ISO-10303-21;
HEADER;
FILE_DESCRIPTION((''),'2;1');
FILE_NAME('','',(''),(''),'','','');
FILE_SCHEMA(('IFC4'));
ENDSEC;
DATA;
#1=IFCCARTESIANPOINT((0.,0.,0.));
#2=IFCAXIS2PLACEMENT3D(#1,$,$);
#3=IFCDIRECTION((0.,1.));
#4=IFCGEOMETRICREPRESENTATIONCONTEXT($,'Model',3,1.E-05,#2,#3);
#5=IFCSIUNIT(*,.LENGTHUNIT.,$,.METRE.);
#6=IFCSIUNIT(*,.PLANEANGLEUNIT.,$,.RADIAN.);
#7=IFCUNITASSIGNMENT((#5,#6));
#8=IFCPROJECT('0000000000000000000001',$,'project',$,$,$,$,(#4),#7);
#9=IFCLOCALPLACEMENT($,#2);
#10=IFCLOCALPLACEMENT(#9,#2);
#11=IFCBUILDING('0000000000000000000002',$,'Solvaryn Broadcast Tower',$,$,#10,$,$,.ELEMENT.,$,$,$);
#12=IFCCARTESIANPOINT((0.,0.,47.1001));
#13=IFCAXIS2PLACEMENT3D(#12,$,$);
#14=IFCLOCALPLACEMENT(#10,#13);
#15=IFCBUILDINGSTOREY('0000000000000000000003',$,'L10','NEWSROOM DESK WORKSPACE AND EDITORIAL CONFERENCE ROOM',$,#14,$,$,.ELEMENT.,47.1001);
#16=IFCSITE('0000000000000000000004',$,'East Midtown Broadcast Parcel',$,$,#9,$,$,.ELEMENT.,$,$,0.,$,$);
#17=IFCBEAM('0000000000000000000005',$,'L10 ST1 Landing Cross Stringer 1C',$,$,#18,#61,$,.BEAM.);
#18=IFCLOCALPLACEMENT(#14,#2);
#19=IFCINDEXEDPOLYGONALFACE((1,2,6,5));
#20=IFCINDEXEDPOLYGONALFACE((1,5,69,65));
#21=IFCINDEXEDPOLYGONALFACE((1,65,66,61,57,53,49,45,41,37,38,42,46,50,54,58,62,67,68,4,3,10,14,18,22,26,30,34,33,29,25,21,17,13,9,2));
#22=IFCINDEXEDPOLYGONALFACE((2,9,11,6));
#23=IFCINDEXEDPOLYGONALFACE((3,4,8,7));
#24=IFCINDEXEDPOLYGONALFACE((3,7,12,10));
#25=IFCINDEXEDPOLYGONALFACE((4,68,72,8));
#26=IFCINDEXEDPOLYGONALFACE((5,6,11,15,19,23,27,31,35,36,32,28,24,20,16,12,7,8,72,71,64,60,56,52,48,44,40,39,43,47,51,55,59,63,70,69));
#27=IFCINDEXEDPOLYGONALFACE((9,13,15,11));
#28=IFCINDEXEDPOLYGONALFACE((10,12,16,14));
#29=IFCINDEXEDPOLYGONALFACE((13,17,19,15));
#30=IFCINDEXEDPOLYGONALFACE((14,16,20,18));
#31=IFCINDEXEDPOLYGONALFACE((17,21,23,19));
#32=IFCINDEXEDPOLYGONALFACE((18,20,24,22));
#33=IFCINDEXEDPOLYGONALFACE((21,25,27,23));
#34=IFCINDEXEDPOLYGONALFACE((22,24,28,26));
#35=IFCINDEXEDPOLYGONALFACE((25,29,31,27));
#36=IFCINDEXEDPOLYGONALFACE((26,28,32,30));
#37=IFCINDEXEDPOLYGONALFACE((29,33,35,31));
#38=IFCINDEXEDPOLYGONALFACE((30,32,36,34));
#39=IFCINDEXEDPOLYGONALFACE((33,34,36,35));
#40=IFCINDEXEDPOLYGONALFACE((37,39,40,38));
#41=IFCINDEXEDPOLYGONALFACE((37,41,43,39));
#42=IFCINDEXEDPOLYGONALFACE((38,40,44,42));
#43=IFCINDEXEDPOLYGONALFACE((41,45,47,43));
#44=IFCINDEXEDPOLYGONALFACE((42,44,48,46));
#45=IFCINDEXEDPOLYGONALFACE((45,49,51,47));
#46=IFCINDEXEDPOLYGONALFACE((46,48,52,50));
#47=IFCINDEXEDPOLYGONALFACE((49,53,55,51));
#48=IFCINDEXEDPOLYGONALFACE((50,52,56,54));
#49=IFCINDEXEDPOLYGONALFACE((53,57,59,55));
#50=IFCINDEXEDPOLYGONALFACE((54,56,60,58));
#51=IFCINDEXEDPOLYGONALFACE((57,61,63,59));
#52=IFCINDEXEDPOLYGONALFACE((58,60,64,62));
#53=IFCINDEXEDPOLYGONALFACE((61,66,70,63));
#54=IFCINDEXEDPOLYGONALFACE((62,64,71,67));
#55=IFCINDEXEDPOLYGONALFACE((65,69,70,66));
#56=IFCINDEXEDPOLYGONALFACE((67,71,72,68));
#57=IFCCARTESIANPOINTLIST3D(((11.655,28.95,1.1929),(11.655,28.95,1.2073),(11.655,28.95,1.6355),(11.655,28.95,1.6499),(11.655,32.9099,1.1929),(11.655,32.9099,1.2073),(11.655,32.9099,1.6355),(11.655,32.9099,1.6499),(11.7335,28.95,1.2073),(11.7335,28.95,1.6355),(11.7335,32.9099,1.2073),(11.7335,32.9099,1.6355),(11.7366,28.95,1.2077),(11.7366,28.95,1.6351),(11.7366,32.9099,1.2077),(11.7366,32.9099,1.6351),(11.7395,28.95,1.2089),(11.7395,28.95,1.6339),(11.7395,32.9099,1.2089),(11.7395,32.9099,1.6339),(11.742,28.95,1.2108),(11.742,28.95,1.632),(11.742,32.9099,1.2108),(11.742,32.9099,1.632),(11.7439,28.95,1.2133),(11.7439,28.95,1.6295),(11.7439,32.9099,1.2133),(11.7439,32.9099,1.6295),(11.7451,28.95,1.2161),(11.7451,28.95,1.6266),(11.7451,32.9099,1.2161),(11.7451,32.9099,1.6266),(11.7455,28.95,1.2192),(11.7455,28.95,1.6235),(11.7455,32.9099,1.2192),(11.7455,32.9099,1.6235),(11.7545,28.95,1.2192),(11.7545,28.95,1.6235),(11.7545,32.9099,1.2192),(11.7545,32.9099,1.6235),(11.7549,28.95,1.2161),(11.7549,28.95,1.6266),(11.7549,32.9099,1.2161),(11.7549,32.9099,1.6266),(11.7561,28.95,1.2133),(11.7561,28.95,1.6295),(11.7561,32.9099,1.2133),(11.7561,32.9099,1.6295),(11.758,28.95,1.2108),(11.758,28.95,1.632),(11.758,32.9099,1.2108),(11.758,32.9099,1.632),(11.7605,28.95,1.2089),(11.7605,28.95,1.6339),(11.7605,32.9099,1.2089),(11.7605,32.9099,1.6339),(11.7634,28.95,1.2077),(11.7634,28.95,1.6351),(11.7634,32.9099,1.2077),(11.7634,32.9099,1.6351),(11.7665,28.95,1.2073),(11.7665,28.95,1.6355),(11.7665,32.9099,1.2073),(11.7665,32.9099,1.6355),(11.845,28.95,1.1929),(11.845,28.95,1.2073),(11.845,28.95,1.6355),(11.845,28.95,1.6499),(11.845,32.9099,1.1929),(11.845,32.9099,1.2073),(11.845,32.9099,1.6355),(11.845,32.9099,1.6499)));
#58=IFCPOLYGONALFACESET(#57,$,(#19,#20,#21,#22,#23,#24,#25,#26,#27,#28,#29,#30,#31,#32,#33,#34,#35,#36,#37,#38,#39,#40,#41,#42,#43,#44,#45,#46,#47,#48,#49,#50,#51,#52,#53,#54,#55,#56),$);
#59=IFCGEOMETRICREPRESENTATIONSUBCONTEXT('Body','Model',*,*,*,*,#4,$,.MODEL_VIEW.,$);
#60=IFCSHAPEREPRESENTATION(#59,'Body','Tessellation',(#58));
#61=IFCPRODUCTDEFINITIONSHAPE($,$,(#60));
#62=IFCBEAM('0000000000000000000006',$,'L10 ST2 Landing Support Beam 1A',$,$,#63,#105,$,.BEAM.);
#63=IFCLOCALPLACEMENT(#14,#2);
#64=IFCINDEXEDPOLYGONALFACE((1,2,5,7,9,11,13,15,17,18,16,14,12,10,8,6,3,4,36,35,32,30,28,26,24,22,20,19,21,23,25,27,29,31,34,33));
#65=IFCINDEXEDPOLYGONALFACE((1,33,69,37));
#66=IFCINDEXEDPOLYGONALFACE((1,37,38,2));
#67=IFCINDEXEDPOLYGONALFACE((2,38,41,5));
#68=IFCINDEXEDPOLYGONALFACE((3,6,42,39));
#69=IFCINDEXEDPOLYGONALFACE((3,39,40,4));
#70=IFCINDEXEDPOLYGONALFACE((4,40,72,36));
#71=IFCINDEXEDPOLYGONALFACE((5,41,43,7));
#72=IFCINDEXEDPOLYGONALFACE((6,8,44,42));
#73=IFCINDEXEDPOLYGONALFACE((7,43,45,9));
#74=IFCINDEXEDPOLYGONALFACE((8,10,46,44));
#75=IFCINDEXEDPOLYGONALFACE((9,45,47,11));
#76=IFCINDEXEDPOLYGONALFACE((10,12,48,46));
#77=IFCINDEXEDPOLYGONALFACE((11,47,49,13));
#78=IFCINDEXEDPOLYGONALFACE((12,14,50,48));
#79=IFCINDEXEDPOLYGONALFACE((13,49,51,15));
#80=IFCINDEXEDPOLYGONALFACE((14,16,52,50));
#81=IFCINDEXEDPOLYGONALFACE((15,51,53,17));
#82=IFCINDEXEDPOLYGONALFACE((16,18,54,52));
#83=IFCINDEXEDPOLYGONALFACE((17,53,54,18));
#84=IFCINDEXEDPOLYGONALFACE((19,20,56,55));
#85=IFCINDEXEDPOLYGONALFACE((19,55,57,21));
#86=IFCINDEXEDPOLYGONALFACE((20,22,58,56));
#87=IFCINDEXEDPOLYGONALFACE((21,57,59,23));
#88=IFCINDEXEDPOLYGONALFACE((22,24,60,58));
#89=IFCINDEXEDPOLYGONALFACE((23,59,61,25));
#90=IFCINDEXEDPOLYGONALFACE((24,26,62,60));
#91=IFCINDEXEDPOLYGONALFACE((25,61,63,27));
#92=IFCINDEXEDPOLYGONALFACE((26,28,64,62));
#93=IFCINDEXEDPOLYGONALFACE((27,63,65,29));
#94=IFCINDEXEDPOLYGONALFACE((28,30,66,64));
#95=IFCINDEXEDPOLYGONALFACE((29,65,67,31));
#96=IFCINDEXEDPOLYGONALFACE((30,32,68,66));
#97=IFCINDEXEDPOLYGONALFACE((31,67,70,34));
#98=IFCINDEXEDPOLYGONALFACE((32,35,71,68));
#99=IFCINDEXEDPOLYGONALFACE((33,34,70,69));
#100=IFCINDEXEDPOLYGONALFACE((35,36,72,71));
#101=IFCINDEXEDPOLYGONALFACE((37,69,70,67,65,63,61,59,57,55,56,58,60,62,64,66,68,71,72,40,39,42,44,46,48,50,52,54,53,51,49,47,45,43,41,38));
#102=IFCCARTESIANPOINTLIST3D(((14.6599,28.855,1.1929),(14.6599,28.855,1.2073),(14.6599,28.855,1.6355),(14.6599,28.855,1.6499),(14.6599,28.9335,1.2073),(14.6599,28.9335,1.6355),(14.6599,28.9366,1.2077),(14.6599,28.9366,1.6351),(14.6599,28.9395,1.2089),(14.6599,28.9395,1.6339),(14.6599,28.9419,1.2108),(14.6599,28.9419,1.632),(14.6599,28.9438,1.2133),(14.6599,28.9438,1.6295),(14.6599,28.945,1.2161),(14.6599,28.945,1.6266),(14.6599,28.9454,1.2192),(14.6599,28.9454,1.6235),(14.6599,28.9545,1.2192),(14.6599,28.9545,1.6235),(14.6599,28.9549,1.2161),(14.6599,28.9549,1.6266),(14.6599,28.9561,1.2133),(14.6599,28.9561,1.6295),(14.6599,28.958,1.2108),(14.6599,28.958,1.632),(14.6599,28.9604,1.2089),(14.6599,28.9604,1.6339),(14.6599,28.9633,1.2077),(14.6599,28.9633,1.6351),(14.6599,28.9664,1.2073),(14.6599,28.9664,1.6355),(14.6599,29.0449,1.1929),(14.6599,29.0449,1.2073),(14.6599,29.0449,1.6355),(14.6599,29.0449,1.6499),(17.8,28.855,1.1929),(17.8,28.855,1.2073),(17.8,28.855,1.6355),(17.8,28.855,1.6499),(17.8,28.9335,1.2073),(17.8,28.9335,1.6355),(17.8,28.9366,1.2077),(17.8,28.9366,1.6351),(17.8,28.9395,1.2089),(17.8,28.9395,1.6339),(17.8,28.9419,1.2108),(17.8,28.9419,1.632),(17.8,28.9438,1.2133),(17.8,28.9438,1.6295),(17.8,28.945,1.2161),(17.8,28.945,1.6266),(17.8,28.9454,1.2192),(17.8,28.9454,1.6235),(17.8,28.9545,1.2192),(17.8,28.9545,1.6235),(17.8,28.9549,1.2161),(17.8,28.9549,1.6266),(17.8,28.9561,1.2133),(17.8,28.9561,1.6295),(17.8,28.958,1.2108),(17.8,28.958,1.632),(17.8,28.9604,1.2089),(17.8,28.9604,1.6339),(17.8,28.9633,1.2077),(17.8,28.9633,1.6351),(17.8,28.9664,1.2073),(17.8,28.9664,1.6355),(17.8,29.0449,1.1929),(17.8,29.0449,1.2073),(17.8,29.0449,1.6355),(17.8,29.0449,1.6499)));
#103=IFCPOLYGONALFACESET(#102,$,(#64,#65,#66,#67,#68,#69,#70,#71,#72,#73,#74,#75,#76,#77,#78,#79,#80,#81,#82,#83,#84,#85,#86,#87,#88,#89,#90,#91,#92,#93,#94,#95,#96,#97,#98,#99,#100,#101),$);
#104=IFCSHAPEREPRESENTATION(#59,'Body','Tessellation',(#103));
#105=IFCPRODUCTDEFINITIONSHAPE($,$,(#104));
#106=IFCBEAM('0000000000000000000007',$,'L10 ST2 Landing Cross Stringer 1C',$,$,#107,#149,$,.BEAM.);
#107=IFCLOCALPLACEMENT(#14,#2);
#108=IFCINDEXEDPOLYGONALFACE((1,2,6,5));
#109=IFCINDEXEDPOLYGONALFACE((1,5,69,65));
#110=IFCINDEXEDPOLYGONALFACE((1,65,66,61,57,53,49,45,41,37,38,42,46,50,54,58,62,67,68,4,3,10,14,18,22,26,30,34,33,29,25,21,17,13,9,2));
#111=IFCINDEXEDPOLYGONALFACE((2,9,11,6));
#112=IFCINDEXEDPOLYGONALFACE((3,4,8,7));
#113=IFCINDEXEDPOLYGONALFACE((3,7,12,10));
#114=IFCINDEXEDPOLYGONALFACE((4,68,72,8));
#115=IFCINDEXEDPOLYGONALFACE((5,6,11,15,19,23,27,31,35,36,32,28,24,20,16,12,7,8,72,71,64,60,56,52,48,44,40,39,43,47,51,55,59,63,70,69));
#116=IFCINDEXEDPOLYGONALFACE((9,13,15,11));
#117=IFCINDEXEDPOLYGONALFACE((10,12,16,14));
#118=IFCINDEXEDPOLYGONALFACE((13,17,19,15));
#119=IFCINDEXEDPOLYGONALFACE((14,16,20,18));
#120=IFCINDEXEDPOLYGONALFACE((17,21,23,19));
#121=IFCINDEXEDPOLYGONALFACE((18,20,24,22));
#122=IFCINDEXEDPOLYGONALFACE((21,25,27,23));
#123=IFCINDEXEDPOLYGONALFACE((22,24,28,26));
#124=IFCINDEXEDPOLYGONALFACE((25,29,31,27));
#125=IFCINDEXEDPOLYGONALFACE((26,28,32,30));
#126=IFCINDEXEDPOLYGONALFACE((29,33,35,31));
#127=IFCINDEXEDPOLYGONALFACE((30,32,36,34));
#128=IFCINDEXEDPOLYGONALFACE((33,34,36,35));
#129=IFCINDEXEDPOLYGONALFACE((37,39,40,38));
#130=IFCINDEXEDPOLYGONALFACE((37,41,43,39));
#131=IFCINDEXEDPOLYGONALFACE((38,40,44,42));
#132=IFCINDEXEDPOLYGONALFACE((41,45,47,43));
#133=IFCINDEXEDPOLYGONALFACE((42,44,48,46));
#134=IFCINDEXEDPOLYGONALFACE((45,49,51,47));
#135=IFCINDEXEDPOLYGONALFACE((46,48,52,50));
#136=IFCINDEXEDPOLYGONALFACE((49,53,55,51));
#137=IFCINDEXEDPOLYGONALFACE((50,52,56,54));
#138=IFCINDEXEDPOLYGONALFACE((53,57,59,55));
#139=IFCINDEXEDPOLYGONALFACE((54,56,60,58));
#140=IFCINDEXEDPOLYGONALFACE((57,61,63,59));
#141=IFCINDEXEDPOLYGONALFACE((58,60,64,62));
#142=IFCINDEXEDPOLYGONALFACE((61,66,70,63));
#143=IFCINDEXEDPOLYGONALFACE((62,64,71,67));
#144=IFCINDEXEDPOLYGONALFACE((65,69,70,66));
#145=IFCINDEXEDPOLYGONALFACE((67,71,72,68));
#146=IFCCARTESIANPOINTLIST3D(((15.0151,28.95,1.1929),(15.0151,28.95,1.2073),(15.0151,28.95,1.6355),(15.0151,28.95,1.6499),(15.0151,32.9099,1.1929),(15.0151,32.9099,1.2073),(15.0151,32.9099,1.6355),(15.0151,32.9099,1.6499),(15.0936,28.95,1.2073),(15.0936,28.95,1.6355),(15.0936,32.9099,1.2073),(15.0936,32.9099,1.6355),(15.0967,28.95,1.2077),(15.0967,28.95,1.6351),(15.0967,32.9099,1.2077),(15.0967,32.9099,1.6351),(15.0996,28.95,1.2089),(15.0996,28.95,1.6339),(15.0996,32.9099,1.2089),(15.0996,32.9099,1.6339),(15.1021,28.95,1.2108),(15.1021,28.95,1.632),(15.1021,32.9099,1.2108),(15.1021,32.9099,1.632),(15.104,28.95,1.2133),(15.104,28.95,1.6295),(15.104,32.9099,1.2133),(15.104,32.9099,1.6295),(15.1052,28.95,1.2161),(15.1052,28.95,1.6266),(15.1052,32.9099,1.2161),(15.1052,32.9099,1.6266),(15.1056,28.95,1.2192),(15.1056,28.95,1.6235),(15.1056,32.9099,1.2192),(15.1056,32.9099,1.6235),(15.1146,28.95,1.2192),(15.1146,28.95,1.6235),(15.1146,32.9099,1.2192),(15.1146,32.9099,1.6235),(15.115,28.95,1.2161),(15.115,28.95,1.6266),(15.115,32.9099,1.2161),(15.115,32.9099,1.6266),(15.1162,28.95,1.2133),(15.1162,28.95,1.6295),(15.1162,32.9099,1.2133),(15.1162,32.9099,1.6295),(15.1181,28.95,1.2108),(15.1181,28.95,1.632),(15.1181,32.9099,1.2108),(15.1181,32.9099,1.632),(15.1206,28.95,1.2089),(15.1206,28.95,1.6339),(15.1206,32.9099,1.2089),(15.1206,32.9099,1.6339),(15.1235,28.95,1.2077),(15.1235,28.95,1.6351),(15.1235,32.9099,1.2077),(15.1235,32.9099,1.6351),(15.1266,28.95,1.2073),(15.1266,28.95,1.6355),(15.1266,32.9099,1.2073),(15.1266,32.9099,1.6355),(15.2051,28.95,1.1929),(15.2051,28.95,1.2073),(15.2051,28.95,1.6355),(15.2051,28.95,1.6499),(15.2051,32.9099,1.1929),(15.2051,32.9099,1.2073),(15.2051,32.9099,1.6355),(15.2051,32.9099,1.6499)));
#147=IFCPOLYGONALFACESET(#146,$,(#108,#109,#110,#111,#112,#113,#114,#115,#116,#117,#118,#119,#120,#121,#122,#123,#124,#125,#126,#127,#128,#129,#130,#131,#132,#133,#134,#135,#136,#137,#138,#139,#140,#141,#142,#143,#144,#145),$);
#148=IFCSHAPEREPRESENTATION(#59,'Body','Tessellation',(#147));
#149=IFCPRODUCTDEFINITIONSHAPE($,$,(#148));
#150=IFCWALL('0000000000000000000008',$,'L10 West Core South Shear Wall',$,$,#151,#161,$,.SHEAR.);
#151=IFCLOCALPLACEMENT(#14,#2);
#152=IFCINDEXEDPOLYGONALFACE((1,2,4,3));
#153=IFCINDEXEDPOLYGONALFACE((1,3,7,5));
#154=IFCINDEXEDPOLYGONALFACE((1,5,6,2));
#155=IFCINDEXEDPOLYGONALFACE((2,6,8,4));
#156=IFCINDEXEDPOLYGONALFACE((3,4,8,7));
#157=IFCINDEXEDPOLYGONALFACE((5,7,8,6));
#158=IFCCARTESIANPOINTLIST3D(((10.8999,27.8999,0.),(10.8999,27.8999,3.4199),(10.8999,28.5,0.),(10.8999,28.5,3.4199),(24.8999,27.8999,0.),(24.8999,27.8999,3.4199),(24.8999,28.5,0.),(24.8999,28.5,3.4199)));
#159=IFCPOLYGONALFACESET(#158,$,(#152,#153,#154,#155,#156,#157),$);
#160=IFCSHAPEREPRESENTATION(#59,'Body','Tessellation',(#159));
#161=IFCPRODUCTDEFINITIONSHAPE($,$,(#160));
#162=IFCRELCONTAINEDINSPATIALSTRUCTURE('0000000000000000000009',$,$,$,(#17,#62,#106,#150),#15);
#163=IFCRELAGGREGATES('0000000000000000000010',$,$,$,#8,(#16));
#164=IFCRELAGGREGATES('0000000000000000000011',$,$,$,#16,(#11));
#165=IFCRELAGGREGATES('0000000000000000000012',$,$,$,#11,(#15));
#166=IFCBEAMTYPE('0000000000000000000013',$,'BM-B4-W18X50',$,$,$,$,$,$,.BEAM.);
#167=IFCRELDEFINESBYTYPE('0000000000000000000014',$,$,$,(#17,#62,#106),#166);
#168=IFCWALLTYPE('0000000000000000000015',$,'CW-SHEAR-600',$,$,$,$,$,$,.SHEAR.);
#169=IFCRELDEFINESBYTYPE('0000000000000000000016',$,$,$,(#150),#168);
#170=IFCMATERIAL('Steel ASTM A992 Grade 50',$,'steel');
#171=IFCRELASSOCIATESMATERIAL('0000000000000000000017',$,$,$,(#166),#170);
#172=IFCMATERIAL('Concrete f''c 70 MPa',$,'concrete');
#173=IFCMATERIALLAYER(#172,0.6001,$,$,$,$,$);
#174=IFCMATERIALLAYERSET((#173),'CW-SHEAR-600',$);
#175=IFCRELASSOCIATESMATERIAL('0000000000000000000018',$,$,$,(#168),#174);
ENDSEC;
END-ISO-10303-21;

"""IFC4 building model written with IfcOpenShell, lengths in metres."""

from ifc_helpers import new_model, si_unit, direction, frame, frame_2d, origin, origin_2d, place, context, subcontext, project, spatial, rectangle, i_section, extrude, material, layer, layer_set, material_profile, profile_set, type_object, element, save


model = new_model("IFC4")

# Units and contexts
model_context = context("Model", 3, precision=1e-05, world=origin(), true_north=direction((0.0, 1.0)))
body_context = subcontext(model_context, "Body", "Model", "MODEL_VIEW")
ifc_project = project(units=[si_unit("LENGTHUNIT", "METRE"), si_unit("PLANEANGLEUNIT", "RADIAN")], contexts=[model_context])

# Site, building, storey
site_placement = place(None, origin())
site = spatial("IfcSite", under=ifc_project, at=site_placement, Name="East Midtown Broadcast Parcel", CompositionType="ELEMENT", RefElevation=0.0)
building_placement = place(site_placement, origin())
building = spatial("IfcBuilding", under=site, at=building_placement, Name="Solvaryn Broadcast Tower", CompositionType="ELEMENT")
storey_placement = place(building_placement, frame((0.0, 0.0, 47.1001)))
storey = spatial("IfcBuildingStorey", under=building, at=storey_placement, Name="L10", Description="NEWSROOM DESK WORKSPACE AND EDITORIAL CONFERENCE ROOM", CompositionType="ELEMENT", Elevation=47.1001)

# Beams
ifc_material_1 = material(Name="Steel ASTM A992 Grade 50", Category="steel")
ifc_material_profile_1 = material_profile(ifc_material_1, i_section(OverallWidth=0.1899, OverallDepth=0.457, WebThickness=0.009, FlangeThickness=0.0144, FilletRadius=0.012, at=origin_2d()))
ifc_profile_set_1 = profile_set([ifc_material_profile_1], Name="Steel ASTM A992 Grade 50")
beam_type_1 = type_object("IfcBeamType", Name="BM-B4-W18X50", PredefinedType="BEAM", material=ifc_profile_set_1)
beam_1_placement = place(storey_placement, frame((11.75, 28.95, 1.4214), z_axis=(0.0, 1.0, 0.0), x_axis=(-1.0, 0.0, 0.0)))
element("IfcBeam", 1, at=beam_1_placement, inside=storey, type_object=beam_type_1, Name="L10 ST1 Landing Cross Stringer 1C", PredefinedType="BEAM", context=body_context, shape_type="SweptSolid", body=[
    extrude(i_section(OverallWidth=0.1899, OverallDepth=0.457, WebThickness=0.009, FlangeThickness=0.0144, FilletRadius=0.012, at=origin_2d()), origin(), (0.0, 0.0, 1.0), 3.96),
])
beam_2_placement = place(storey_placement, frame((14.6599, 28.95, 1.4214), z_axis=(1.0, 0.0, 0.0), x_axis=(0.0, 1.0, 0.0)))
element("IfcBeam", 2, at=beam_2_placement, inside=storey, type_object=beam_type_1, Name="L10 ST2 Landing Support Beam 1A", PredefinedType="BEAM", context=body_context, shape_type="SweptSolid", body=[
    extrude(i_section(OverallWidth=0.1899, OverallDepth=0.457, WebThickness=0.009, FlangeThickness=0.0144, FilletRadius=0.012, at=origin_2d()), origin(), (0.0, 0.0, 1.0), 3.1401),
])
beam_3_placement = place(storey_placement, frame((15.1101, 28.95, 1.4214), z_axis=(0.0, 1.0, 0.0), x_axis=(-1.0, 0.0, 0.0)))
element("IfcBeam", 3, at=beam_3_placement, inside=storey, type_object=beam_type_1, Name="L10 ST2 Landing Cross Stringer 1C", PredefinedType="BEAM", context=body_context, shape_type="SweptSolid", body=[
    extrude(i_section(OverallWidth=0.1899, OverallDepth=0.457, WebThickness=0.009, FlangeThickness=0.0144, FilletRadius=0.012, at=origin_2d()), origin(), (0.0, 0.0, 1.0), 3.96),
])

# Wall
ifc_material_2 = material(Name="Concrete f'c 70 MPa", Category="concrete")
ifc_layer_1 = layer(ifc_material_2, 0.6001)
ifc_layer_set_1 = layer_set([ifc_layer_1], Name="CW-SHEAR-600")
wall_type_1 = type_object("IfcWallType", Name="CW-SHEAR-600", PredefinedType="SHEAR", material=ifc_layer_set_1)
wall_1_placement = place(storey_placement, frame((10.8999, 28.2, 0.0), z_axis=(0.0, 0.0, 1.0), x_axis=(1.0, 0.0, 0.0)))
element("IfcWall", 4, at=wall_1_placement, inside=storey, type_object=wall_type_1, Name="L10 West Core South Shear Wall", PredefinedType="SHEAR", context=body_context, shape_type="SweptSolid", body=[
    extrude(rectangle(XDim=14.0, YDim=0.6001, at=frame_2d((7.0, 0.0))), origin(), (0.0, 0.0, 1.0), 3.4199),
])

save(model, "model.ifc")
